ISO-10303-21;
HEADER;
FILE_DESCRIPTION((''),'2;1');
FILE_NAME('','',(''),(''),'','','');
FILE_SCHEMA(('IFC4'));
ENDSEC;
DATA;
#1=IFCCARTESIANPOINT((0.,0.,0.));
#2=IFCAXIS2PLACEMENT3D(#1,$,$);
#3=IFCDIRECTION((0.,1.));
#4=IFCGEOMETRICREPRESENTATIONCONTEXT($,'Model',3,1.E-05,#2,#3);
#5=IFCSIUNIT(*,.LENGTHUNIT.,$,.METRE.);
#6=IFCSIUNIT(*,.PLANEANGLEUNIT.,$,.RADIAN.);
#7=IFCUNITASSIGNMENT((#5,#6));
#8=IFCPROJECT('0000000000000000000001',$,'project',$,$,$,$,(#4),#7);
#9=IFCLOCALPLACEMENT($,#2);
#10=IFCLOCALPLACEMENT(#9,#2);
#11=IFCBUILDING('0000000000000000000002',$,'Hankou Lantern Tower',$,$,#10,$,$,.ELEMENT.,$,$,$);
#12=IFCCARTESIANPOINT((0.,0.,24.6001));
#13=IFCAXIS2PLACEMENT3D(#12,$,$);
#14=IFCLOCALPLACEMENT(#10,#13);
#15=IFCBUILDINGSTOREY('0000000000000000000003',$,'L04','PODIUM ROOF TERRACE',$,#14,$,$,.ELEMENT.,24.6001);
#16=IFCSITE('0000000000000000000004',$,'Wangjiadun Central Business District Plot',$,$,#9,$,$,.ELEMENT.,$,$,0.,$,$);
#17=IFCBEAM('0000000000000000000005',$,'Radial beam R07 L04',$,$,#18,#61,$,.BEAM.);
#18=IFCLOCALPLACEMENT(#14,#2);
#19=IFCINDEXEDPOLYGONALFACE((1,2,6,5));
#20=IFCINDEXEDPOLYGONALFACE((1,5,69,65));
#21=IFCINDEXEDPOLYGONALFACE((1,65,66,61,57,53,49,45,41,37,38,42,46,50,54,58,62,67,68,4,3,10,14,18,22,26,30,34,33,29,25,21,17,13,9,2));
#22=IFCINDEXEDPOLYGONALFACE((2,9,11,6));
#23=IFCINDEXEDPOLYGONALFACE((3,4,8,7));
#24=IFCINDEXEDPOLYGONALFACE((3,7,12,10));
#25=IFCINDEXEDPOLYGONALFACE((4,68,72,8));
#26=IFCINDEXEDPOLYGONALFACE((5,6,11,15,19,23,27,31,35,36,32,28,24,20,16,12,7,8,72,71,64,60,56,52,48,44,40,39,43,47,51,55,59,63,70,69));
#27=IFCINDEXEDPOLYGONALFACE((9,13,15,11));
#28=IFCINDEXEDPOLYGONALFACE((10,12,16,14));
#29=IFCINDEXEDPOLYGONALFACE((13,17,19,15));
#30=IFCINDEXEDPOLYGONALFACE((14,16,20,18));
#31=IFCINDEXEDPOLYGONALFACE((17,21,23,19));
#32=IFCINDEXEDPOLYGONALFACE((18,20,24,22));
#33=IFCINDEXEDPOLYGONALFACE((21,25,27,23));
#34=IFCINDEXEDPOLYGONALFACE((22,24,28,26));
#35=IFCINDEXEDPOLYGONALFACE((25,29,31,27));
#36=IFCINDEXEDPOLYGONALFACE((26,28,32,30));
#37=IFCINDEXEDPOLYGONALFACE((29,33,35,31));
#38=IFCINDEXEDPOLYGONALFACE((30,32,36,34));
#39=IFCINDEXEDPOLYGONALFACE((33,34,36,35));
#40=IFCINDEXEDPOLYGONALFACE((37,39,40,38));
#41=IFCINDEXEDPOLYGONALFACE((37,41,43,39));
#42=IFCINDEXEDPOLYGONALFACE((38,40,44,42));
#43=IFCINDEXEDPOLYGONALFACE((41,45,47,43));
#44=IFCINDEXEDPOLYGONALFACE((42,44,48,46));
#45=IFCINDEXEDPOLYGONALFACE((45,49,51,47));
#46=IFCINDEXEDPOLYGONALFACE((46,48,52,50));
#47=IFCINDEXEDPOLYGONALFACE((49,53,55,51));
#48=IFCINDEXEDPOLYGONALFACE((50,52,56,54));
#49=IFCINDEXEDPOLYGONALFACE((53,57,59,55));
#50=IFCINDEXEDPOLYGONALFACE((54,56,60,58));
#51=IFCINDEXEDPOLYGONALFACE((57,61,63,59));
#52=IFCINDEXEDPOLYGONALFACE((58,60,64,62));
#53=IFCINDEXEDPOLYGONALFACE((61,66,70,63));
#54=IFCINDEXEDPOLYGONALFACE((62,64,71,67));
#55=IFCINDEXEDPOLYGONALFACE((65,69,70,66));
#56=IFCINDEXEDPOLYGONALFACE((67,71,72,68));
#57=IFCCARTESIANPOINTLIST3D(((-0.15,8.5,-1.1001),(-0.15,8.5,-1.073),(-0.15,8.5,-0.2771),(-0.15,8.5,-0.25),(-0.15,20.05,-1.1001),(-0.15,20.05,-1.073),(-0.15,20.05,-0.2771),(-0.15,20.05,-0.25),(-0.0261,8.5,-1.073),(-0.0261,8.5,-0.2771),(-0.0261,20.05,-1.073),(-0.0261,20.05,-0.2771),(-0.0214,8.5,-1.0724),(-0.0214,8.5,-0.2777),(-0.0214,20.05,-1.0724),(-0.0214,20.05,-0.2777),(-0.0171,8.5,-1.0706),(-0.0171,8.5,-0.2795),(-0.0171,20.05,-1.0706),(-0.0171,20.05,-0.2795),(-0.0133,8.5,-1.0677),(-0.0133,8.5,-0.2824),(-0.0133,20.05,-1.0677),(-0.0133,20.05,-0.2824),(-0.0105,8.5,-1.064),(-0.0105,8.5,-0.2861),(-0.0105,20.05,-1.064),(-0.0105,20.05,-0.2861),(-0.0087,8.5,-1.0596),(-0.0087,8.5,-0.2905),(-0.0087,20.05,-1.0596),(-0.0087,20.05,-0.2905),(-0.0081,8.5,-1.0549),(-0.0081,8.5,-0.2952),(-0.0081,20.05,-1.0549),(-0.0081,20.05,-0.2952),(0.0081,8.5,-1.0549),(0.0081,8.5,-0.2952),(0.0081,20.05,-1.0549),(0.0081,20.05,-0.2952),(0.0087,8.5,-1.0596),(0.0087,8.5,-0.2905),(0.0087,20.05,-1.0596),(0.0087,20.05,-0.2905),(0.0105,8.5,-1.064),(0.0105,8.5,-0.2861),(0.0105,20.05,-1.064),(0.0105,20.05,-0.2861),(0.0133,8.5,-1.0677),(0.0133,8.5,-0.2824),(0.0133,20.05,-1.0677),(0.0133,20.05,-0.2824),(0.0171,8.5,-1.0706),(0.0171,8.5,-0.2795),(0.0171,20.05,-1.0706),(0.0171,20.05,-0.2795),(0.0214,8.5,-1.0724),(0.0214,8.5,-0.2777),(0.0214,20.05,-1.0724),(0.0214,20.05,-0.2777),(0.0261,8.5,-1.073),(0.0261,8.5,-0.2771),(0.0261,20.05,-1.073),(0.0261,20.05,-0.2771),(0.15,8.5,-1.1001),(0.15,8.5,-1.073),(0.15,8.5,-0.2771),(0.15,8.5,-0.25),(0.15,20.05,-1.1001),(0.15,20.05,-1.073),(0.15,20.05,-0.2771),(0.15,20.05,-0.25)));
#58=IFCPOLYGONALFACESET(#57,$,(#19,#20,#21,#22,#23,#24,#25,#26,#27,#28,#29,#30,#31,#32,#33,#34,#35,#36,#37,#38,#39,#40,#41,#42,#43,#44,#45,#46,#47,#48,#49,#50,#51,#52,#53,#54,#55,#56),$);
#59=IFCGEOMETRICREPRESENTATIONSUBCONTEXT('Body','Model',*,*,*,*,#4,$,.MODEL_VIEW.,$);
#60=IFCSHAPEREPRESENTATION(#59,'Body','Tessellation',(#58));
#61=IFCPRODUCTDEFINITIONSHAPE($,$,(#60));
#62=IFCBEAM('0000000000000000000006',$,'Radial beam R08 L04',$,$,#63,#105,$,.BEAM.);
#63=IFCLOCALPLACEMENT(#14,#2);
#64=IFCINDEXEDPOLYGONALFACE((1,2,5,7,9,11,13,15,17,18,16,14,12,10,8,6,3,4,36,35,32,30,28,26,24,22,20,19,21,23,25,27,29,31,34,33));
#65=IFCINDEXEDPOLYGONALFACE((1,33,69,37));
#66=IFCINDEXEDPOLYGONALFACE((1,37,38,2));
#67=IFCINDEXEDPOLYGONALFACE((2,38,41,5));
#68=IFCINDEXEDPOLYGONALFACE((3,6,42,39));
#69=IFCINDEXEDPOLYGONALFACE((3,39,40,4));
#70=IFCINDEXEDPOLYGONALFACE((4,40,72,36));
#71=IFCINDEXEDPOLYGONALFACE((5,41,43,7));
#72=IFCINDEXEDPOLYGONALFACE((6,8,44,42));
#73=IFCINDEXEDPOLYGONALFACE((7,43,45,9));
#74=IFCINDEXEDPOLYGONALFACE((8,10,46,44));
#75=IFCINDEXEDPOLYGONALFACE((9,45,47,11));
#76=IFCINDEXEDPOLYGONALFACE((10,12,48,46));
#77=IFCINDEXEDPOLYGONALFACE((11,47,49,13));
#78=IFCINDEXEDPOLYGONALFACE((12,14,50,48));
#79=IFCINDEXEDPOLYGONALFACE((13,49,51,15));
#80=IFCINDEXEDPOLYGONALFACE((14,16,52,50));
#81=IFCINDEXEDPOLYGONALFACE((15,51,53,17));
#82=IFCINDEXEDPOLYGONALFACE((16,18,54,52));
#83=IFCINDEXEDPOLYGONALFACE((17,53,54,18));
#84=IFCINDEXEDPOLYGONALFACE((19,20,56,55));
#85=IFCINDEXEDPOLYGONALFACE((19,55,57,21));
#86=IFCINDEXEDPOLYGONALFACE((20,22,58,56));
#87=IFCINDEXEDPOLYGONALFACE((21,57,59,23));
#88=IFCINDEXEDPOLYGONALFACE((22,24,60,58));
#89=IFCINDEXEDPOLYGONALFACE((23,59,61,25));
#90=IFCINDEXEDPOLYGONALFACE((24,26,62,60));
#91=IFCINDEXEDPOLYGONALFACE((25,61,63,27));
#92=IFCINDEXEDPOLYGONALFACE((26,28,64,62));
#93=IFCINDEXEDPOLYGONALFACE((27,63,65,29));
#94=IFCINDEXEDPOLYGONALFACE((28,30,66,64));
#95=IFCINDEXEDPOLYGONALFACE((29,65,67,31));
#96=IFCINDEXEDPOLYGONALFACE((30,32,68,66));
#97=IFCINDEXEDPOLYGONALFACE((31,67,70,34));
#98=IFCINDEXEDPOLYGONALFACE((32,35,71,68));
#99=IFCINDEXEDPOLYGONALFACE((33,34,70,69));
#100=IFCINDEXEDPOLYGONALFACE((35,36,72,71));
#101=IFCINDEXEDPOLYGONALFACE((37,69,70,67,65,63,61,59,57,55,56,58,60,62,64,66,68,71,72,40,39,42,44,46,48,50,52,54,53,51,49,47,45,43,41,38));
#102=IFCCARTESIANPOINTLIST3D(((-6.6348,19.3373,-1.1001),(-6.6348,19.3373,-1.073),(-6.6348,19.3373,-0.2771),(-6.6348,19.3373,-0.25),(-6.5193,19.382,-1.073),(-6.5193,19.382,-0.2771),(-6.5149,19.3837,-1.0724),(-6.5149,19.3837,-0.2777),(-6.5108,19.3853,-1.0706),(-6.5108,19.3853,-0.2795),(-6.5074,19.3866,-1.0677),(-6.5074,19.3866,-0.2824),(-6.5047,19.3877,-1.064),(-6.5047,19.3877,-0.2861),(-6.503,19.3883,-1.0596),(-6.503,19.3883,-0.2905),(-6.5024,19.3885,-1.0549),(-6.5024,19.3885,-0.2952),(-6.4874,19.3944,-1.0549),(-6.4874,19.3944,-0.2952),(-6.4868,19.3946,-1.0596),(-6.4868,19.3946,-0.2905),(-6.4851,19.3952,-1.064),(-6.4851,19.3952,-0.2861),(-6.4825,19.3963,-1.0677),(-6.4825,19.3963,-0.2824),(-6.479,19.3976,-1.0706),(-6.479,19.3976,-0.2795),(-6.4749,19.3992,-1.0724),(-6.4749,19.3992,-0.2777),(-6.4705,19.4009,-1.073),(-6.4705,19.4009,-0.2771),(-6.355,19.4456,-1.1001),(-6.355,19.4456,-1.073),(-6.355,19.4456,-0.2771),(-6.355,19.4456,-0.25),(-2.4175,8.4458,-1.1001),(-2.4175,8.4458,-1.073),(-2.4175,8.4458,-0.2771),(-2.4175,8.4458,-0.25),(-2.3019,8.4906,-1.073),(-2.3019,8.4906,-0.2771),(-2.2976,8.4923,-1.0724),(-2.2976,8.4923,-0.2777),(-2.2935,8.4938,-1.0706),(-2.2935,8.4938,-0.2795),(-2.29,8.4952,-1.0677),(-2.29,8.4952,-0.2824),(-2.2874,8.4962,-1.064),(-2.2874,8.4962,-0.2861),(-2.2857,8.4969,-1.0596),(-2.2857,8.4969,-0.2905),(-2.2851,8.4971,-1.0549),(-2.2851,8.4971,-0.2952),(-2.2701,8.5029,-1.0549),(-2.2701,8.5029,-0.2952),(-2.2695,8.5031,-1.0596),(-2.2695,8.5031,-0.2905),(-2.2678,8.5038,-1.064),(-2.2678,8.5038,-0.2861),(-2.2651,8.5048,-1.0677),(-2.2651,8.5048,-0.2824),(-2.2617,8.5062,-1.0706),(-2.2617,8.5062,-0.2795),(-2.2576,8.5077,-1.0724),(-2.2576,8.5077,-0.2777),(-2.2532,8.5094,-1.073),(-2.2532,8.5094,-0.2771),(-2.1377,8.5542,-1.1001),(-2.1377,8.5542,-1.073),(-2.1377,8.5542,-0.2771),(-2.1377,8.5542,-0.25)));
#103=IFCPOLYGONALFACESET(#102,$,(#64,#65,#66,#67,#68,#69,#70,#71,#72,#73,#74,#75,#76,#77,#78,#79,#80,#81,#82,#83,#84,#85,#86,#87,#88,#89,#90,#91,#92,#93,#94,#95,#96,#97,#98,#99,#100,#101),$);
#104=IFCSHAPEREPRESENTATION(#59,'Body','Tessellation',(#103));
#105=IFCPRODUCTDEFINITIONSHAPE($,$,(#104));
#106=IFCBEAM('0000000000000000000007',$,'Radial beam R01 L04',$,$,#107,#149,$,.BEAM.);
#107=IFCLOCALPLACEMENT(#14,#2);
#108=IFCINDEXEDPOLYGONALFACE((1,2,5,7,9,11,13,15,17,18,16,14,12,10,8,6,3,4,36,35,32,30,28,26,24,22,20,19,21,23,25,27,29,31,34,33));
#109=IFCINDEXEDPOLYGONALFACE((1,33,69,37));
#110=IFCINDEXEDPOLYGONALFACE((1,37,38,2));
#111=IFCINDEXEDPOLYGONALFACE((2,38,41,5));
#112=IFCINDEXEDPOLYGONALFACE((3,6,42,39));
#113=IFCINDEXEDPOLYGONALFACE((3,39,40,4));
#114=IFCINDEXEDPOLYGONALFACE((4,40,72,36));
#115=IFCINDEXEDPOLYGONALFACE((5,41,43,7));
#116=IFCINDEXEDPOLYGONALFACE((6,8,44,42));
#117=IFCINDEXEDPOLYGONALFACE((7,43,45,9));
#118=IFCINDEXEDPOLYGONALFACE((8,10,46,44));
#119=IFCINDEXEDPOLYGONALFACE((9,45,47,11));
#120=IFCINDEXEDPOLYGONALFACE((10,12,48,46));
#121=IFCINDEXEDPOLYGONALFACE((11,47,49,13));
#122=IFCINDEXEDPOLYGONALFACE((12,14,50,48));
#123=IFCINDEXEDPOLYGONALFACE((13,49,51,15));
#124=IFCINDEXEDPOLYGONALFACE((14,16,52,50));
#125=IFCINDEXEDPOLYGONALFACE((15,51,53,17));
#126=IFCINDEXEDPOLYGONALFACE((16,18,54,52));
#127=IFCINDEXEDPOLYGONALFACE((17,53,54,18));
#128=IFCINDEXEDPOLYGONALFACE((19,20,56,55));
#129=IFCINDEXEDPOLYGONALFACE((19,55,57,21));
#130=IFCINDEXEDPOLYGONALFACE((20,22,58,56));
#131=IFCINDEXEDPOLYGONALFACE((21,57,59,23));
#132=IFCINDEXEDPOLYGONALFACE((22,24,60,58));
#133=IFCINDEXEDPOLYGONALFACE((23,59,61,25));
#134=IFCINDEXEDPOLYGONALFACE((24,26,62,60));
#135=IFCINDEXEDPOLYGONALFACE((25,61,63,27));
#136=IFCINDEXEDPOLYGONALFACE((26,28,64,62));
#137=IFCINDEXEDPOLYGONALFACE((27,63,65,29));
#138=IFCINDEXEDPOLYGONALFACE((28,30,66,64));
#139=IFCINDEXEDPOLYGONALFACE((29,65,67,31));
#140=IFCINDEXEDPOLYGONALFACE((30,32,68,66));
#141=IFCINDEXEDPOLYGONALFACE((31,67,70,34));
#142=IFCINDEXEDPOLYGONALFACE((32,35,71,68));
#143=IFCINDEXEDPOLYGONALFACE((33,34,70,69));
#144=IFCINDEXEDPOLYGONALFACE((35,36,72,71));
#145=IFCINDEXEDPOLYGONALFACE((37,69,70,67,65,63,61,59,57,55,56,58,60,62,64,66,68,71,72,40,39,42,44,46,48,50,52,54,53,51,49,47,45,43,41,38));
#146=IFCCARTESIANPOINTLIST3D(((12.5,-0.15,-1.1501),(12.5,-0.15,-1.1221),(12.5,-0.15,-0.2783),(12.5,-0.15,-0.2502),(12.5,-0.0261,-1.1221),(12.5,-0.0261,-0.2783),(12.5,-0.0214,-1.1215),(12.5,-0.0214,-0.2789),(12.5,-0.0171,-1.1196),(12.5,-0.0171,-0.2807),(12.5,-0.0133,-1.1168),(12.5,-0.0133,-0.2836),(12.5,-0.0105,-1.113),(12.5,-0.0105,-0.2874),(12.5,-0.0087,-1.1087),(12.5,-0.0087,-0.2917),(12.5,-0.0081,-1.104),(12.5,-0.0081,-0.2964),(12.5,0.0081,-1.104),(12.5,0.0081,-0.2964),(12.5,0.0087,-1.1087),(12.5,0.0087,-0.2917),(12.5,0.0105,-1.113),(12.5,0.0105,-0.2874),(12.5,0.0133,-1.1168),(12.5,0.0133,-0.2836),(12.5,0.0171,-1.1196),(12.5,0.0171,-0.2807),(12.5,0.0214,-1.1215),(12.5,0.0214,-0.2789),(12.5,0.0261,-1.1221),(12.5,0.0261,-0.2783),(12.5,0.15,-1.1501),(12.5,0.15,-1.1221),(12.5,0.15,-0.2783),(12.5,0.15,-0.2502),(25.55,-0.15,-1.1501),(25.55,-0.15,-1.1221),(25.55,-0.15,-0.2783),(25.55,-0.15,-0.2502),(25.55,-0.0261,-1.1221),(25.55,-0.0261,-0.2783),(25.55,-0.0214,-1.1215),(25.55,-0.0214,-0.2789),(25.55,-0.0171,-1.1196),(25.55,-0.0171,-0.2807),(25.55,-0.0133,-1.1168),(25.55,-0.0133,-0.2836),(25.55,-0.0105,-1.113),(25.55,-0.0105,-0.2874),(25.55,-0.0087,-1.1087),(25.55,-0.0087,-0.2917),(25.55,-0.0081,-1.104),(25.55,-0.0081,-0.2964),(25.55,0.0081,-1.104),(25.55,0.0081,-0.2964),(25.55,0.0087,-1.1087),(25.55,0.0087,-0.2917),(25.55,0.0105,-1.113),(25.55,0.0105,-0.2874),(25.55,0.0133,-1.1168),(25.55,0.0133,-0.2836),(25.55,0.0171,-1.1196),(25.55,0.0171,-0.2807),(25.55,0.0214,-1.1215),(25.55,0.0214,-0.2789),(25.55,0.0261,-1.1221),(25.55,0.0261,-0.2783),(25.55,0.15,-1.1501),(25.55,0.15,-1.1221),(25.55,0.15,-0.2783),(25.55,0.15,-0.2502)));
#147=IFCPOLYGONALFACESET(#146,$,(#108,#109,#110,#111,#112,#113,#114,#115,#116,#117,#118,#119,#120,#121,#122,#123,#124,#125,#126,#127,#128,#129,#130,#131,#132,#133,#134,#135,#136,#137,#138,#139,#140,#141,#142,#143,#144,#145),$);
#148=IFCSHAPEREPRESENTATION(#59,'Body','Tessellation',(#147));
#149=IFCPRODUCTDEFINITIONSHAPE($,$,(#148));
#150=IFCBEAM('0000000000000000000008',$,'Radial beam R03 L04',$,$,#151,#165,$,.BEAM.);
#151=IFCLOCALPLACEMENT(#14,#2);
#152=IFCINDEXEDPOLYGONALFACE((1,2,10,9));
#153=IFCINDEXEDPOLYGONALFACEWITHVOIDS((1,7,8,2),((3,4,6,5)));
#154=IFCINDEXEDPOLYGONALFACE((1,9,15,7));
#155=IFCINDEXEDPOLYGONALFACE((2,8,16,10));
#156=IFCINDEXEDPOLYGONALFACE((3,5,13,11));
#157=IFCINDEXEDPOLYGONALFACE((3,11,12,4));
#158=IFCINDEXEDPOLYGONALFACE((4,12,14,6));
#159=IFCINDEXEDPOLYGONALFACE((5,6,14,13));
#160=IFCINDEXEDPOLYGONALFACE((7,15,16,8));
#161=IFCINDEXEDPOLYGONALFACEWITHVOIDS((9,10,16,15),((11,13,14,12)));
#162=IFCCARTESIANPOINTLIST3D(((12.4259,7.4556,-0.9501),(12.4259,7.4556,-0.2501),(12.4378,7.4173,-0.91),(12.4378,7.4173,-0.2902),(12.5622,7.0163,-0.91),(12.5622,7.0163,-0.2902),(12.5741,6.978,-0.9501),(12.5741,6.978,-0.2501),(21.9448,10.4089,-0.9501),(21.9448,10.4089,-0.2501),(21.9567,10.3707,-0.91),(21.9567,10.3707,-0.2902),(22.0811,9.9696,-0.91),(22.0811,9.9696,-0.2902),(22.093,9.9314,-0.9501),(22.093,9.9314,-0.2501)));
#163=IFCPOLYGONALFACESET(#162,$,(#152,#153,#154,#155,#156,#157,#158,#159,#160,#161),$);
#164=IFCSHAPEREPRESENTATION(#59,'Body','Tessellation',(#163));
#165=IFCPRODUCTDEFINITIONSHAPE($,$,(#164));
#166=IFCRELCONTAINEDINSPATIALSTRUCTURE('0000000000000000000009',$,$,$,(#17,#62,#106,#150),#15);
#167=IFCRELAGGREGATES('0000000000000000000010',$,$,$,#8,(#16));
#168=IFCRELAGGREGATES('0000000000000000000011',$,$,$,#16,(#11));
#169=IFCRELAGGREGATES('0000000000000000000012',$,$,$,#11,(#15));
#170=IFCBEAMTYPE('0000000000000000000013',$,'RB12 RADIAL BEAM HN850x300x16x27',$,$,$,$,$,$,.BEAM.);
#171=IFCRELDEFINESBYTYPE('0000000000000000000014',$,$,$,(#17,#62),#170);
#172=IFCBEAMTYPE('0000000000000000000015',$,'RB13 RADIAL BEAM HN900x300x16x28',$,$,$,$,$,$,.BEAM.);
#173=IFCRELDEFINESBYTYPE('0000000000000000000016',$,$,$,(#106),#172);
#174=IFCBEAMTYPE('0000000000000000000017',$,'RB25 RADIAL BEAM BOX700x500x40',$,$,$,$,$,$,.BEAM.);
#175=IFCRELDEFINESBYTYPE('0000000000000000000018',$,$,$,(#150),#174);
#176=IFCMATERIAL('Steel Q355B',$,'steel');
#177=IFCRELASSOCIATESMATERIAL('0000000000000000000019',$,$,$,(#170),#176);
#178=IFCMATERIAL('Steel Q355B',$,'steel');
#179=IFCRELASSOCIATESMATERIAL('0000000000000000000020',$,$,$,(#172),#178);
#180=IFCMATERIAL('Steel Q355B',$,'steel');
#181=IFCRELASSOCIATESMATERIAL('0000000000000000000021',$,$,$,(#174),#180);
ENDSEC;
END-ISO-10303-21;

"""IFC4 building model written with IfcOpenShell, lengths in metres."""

from ifc_helpers import new_model, si_unit, direction, frame, origin, origin_2d, place, context, subcontext, project, spatial, hollow_rectangle, i_section, extrude, material, material_profile, profile_set, type_object, element, save


model = new_model("IFC4")

# Units and contexts
model_context = context("Model", 3, precision=1e-05, world=origin(), true_north=direction((0.0, 1.0)))
body_context = subcontext(model_context, "Body", "Model", "MODEL_VIEW")
ifc_project = project(units=[si_unit("LENGTHUNIT", "METRE"), si_unit("PLANEANGLEUNIT", "RADIAN")], contexts=[model_context])

# Site, building, storey
site_placement = place(None, origin())
site = spatial("IfcSite", under=ifc_project, at=site_placement, Name="Wangjiadun Central Business District Plot", CompositionType="ELEMENT", RefElevation=0.0)
building_placement = place(site_placement, origin())
building = spatial("IfcBuilding", under=site, at=building_placement, Name="Hankou Lantern Tower", CompositionType="ELEMENT")
storey_placement = place(building_placement, frame((0.0, 0.0, 24.6001)))
storey = spatial("IfcBuildingStorey", under=building, at=storey_placement, Name="L04", Description="PODIUM ROOF TERRACE", CompositionType="ELEMENT", Elevation=24.6001)

# Beams
ifc_material_1 = material(Name="Steel Q355B", Category="steel")
ifc_material_profile_1 = material_profile(ifc_material_1, i_section(OverallWidth=0.3, OverallDepth=0.8501, WebThickness=0.0161, FlangeThickness=0.0271, FilletRadius=0.0181, at=origin_2d()), Name="HN850x300x16x27")
ifc_profile_set_1 = profile_set([ifc_material_profile_1], Name="Steel Q355B")
beam_type_1 = type_object("IfcBeamType", Name="RB12 RADIAL BEAM HN850x300x16x27", PredefinedType="BEAM", material=ifc_profile_set_1)
beam_1_placement = place(storey_placement, frame((0.0, 8.5, -0.675), z_axis=(0.0, 1.0, 0.0), x_axis=(-1.0, 0.0, 0.0)))
element("IfcBeam", 1, at=beam_1_placement, inside=storey, type_object=beam_type_1, Name="Radial beam R07 L04", PredefinedType="BEAM", context=body_context, shape_type="SweptSolid", body=[
    extrude(i_section(OverallWidth=0.3, OverallDepth=0.8501, WebThickness=0.0161, FlangeThickness=0.0271, FilletRadius=0.0181, at=origin_2d()), origin(), (0.0, 0.0, 1.0), 11.55),
])
beam_2_placement = place(storey_placement, frame((-2.2776, 8.5, -0.675), z_axis=(-0.361089, 0.932531, 0.0), x_axis=(-0.932531, -0.361089, 0.0)))
element("IfcBeam", 2, at=beam_2_placement, inside=storey, type_object=beam_type_1, Name="Radial beam R08 L04", PredefinedType="BEAM", context=body_context, shape_type="SweptSolid", body=[
    extrude(i_section(OverallWidth=0.3, OverallDepth=0.8501, WebThickness=0.0161, FlangeThickness=0.0271, FilletRadius=0.0181, at=origin_2d()), origin(), (0.0, 0.0, 1.0), 11.6794),
])
ifc_material_2 = material(Name="Steel Q355B", Category="steel")
ifc_material_profile_2 = material_profile(ifc_material_2, i_section(OverallWidth=0.3, OverallDepth=0.8999, WebThickness=0.0161, FlangeThickness=0.0281, FilletRadius=0.0181, at=origin_2d()), Name="HN900x300x16x28")
ifc_profile_set_2 = profile_set([ifc_material_profile_2], Name="Steel Q355B")
beam_type_2 = type_object("IfcBeamType", Name="RB13 RADIAL BEAM HN900x300x16x28", PredefinedType="BEAM", material=ifc_profile_set_2)
beam_3_placement = place(storey_placement, frame((12.5, 0.0, -0.7002), z_axis=(1.0, 0.0, 0.0), x_axis=(0.0, 1.0, 0.0)))
element("IfcBeam", 3, at=beam_3_placement, inside=storey, type_object=beam_type_2, Name="Radial beam R01 L04", PredefinedType="BEAM", context=body_context, shape_type="SweptSolid", body=[
    extrude(i_section(OverallWidth=0.3, OverallDepth=0.8999, WebThickness=0.0161, FlangeThickness=0.0281, FilletRadius=0.0181, at=origin_2d()), origin(), (0.0, 0.0, 1.0), 13.05),
])
ifc_material_3 = material(Name="Steel Q355B", Category="steel")
ifc_material_profile_3 = material_profile(ifc_material_3, hollow_rectangle(XDim=0.5, YDim=0.7, WallThickness=0.04, at=origin_2d()), Name="BOX700x500x40")
ifc_profile_set_3 = profile_set([ifc_material_profile_3], Name="Steel Q355B")
beam_type_3 = type_object("IfcBeamType", Name="RB25 RADIAL BEAM BOX700x500x40", PredefinedType="BEAM", material=ifc_profile_set_3)
beam_4_placement = place(storey_placement, frame((12.5, 7.2168, -0.6001), z_axis=(0.955087, 0.296324, 0.0), x_axis=(-0.296324, 0.955087, 0.0)))
element("IfcBeam", 4, at=beam_4_placement, inside=storey, type_object=beam_type_3, Name="Radial beam R03 L04", PredefinedType="BEAM", context=body_context, shape_type="SweptSolid", body=[
    extrude(hollow_rectangle(XDim=0.5, YDim=0.7, WallThickness=0.04, at=origin_2d()), origin(), (0.0, 0.0, 1.0), 9.9666),
])

save(model, "model.ifc")
